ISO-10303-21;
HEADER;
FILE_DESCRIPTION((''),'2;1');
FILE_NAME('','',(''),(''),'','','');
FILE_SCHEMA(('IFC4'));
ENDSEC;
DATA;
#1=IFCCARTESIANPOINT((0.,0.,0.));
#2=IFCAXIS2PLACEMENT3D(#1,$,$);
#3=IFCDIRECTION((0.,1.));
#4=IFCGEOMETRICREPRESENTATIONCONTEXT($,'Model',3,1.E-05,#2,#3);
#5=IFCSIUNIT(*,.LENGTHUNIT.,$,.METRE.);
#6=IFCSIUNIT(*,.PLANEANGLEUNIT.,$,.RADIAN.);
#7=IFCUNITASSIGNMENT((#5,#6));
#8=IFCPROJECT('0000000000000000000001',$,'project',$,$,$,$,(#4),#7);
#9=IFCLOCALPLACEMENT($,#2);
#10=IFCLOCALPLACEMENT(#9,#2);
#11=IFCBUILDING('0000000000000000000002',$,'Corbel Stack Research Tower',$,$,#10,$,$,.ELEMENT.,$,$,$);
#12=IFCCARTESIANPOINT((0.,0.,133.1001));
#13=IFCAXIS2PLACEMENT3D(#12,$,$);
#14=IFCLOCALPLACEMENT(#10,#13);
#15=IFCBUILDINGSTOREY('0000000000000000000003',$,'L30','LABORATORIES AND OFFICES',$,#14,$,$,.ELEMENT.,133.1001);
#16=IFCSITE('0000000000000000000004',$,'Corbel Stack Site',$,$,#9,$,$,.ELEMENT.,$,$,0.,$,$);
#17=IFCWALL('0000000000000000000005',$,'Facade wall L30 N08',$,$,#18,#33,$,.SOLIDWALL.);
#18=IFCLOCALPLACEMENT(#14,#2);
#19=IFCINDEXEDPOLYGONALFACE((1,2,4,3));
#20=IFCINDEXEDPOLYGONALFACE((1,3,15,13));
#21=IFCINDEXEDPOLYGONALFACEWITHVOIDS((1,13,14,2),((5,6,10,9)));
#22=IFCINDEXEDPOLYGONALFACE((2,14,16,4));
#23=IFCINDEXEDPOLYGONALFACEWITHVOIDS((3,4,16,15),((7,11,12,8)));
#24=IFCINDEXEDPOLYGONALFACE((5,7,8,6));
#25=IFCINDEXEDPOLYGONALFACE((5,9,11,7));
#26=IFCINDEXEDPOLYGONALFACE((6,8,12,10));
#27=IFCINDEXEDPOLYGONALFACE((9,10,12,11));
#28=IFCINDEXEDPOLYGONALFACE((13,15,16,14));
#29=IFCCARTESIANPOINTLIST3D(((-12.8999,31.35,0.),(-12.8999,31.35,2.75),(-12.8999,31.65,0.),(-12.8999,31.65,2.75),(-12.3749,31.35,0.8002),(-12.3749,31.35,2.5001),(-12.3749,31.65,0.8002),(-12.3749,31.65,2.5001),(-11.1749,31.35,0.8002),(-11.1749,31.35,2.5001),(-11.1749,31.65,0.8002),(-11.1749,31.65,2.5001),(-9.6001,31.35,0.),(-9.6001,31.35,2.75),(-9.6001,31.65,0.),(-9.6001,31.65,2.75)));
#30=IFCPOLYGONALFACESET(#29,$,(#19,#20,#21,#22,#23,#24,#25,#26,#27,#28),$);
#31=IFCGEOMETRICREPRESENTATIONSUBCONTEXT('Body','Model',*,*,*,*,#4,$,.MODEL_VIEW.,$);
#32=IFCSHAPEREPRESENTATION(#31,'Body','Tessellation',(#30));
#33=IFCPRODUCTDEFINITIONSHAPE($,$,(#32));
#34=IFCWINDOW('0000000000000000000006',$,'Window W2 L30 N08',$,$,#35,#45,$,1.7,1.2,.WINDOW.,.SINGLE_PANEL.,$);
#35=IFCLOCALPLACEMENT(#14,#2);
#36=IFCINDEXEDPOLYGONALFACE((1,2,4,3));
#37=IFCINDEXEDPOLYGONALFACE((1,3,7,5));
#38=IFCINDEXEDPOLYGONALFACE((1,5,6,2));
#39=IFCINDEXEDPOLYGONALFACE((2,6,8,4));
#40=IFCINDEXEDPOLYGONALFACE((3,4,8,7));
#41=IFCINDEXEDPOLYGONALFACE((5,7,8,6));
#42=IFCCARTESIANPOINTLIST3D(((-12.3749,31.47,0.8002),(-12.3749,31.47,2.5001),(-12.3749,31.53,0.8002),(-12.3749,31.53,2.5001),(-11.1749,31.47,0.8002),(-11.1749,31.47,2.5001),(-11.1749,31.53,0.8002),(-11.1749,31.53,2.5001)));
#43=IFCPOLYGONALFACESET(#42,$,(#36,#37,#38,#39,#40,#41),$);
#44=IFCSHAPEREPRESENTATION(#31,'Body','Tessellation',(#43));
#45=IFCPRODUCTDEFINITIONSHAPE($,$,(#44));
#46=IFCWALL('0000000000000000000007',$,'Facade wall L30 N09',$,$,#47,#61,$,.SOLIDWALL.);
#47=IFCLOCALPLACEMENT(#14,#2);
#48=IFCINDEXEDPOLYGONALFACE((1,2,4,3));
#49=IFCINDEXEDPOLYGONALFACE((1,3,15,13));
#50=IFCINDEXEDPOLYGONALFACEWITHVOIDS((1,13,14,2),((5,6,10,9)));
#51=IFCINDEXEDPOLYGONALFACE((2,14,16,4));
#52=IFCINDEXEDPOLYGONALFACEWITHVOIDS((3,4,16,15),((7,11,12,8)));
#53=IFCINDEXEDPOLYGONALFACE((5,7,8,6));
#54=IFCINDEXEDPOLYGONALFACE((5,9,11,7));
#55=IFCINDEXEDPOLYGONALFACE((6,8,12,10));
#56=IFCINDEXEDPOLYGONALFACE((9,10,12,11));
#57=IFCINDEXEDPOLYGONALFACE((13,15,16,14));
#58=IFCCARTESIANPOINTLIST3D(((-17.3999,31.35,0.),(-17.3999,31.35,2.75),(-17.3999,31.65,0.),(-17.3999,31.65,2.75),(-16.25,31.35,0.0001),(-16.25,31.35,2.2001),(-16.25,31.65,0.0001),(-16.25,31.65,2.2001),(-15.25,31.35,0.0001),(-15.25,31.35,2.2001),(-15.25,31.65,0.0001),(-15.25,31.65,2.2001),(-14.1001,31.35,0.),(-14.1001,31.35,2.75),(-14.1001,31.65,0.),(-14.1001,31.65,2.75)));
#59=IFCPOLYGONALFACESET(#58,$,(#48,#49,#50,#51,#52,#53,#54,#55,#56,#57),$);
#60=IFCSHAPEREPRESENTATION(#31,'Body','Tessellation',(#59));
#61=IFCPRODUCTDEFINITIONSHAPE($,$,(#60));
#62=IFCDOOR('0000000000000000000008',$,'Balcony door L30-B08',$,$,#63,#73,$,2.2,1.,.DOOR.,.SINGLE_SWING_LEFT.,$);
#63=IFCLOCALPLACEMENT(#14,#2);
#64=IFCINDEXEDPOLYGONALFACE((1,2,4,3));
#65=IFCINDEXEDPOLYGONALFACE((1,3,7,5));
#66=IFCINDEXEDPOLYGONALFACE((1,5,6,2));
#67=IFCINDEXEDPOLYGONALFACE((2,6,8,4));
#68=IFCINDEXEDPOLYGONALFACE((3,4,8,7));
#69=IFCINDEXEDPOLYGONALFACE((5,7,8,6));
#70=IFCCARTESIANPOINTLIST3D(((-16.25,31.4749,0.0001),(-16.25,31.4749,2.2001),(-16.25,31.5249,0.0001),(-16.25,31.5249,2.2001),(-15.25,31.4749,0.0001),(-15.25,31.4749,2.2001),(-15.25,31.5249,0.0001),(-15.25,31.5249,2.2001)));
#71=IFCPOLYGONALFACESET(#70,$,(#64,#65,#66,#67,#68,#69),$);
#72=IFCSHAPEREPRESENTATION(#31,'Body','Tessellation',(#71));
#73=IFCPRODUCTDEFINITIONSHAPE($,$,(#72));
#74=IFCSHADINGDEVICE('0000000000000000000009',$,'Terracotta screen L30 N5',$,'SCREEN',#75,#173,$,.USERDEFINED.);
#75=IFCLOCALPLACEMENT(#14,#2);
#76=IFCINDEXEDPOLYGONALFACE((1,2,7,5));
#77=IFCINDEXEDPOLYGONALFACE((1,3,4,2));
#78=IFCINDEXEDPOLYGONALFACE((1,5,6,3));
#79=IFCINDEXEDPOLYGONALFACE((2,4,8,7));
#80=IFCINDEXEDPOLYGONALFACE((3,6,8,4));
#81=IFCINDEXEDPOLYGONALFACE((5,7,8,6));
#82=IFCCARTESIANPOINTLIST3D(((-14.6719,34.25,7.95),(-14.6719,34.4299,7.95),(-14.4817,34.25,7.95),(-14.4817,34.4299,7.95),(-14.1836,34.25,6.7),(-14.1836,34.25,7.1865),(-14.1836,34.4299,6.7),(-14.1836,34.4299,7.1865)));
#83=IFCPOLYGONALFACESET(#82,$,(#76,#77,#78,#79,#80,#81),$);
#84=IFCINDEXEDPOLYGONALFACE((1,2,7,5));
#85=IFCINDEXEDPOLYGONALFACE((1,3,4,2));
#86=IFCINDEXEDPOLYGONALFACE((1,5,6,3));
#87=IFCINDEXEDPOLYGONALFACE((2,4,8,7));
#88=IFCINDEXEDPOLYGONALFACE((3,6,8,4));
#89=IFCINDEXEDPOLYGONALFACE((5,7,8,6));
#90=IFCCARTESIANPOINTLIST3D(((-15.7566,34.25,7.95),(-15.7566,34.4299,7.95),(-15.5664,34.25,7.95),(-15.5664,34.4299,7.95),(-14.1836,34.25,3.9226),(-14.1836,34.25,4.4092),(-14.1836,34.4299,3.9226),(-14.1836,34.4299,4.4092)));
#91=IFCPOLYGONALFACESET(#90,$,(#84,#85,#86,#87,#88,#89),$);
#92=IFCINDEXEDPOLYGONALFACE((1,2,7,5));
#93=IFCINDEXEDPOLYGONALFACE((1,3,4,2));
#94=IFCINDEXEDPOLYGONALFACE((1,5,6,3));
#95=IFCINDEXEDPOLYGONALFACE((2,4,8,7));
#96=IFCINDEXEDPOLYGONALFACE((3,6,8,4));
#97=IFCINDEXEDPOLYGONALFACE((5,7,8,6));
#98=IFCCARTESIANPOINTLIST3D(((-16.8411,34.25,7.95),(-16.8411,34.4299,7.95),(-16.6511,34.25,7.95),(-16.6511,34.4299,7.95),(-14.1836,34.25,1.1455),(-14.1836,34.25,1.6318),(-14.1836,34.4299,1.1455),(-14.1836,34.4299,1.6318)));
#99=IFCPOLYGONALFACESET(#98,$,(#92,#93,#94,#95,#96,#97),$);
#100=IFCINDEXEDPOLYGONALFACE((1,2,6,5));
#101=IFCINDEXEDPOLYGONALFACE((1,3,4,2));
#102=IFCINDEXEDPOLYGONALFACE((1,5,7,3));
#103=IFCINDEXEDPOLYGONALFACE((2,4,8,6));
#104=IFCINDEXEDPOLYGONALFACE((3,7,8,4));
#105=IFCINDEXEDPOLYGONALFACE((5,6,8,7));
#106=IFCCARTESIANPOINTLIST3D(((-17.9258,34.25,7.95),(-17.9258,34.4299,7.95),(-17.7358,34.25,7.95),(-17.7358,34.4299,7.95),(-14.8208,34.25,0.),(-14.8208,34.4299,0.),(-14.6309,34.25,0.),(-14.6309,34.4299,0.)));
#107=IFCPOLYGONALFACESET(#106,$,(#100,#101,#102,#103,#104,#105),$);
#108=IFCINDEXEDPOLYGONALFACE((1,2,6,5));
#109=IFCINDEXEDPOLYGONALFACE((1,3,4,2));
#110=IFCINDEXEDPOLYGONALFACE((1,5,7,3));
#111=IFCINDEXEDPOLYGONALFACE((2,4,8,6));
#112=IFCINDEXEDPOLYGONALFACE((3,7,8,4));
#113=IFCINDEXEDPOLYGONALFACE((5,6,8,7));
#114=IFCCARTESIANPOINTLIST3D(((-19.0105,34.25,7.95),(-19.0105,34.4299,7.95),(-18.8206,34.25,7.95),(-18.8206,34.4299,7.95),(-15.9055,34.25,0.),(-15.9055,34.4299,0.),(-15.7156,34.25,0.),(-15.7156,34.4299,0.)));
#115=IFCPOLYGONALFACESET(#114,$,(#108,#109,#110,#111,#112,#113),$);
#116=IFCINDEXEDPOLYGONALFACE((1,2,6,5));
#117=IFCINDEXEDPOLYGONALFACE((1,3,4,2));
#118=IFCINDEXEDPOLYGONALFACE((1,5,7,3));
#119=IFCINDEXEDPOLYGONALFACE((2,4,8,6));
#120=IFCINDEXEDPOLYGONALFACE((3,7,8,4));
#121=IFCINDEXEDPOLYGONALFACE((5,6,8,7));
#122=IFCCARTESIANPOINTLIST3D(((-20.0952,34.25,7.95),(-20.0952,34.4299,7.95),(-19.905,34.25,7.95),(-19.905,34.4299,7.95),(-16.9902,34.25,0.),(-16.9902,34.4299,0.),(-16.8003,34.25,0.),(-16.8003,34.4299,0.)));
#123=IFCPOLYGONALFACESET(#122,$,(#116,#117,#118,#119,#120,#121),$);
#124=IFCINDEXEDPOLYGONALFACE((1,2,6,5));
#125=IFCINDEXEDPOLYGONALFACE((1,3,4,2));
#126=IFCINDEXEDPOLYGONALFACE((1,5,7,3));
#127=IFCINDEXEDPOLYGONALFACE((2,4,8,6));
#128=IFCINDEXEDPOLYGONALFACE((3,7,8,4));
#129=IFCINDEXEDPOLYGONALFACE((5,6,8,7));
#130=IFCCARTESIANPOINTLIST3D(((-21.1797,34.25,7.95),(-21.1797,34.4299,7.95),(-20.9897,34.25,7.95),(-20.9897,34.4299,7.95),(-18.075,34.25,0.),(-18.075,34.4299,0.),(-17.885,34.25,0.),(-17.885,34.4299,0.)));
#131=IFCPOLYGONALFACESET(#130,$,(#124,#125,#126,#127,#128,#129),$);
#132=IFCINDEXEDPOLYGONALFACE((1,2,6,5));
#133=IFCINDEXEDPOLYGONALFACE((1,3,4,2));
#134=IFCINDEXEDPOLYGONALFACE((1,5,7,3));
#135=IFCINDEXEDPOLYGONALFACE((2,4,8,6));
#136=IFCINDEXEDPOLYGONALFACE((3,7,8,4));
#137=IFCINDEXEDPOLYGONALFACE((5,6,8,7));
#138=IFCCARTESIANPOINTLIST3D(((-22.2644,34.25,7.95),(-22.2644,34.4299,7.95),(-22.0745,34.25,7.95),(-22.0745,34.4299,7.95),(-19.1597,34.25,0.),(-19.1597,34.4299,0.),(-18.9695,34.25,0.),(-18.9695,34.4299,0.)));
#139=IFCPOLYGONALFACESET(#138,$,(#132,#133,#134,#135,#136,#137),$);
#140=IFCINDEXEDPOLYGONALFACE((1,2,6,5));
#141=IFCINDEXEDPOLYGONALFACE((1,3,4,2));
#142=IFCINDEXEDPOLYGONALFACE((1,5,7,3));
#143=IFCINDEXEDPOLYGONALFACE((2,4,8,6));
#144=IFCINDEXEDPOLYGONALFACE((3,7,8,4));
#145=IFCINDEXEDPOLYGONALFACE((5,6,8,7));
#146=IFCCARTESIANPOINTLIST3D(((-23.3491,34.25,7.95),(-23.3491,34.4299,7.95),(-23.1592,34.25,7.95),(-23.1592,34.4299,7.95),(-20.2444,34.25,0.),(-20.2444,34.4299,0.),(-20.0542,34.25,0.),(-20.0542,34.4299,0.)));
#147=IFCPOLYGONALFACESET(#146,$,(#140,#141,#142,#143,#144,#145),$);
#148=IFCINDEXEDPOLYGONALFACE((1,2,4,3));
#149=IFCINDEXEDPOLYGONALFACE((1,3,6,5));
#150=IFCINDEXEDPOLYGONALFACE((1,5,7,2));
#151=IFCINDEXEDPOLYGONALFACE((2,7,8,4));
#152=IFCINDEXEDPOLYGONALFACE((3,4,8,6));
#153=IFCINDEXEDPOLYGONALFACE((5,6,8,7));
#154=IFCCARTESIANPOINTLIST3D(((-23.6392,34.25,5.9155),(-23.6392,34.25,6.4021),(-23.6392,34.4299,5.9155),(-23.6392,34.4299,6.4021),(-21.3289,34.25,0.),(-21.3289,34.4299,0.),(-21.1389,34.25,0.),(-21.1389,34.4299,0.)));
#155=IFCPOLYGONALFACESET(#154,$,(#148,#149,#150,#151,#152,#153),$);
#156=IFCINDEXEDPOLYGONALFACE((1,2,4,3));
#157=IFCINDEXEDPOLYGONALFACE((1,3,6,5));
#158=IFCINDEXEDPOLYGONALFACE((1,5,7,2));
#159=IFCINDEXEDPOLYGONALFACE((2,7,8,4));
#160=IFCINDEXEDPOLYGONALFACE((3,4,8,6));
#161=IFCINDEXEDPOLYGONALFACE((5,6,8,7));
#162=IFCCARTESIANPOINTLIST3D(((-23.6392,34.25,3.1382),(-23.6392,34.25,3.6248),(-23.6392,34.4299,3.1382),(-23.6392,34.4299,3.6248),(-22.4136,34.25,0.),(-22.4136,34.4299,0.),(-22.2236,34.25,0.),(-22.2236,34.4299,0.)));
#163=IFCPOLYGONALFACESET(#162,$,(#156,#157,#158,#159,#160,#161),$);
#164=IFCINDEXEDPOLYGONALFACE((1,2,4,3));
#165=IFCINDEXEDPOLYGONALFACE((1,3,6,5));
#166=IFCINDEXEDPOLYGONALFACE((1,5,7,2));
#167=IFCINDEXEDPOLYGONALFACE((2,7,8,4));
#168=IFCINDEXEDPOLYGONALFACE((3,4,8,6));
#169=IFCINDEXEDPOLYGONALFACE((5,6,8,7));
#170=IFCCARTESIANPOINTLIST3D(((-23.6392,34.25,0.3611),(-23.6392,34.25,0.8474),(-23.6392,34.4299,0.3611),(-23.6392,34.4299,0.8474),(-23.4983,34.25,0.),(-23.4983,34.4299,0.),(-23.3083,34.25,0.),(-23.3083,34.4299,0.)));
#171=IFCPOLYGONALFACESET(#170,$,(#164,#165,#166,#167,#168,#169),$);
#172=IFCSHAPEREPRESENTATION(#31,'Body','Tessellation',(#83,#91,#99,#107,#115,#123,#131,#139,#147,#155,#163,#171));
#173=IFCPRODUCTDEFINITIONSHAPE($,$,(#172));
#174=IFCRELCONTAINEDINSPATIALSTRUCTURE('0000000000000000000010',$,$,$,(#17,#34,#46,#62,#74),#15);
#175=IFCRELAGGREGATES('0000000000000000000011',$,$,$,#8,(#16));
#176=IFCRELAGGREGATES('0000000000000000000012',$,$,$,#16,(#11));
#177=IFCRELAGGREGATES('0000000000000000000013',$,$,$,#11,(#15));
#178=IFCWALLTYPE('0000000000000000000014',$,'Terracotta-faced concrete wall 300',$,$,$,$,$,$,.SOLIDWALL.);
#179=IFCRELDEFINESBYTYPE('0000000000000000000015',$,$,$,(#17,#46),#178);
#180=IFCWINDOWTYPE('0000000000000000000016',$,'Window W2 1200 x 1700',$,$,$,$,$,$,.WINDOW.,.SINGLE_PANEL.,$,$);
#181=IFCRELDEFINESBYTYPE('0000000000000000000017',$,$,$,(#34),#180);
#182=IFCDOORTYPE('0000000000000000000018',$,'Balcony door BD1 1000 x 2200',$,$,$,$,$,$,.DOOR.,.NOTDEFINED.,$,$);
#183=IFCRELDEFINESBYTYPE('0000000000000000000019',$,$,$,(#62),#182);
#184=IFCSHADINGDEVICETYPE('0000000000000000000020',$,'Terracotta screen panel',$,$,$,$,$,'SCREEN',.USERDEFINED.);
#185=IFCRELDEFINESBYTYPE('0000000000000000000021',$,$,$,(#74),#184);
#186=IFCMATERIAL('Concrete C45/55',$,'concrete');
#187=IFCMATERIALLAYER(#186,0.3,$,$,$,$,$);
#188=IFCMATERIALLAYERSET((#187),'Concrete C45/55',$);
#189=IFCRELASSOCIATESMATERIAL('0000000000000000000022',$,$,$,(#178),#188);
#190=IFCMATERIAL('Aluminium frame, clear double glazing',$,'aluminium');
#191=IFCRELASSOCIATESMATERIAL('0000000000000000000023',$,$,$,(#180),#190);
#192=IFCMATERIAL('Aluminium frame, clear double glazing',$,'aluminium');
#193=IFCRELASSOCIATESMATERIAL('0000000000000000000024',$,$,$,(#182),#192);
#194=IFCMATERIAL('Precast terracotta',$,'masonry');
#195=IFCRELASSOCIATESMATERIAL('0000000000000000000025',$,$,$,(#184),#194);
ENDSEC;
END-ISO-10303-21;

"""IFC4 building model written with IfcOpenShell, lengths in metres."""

from ifc_helpers import new_model, si_unit, direction, frame, frame_2d, origin, place, context, subcontext, project, spatial, polyline, rectangle, outline, extrude, source, transform, mapped, material, layer, layer_set, type_object, element, fill, save


model = new_model("IFC4")

# Units and contexts
model_context = context("Model", 3, precision=1e-05, world=origin(), true_north=direction((0.0, 1.0)))
body_context = subcontext(model_context, "Body", "Model", "MODEL_VIEW")
ifc_project = project(units=[si_unit("LENGTHUNIT", "METRE"), si_unit("PLANEANGLEUNIT", "RADIAN")], contexts=[model_context])

# Site, building, storey
site_placement = place(None, origin())
site = spatial("IfcSite", under=ifc_project, at=site_placement, Name="Corbel Stack Site", CompositionType="ELEMENT", RefElevation=0.0)
building_placement = place(site_placement, origin())
building = spatial("IfcBuilding", under=site, at=building_placement, Name="Corbel Stack Research Tower", CompositionType="ELEMENT")
storey_placement = place(building_placement, frame((0.0, 0.0, 133.1001)))
storey = spatial("IfcBuildingStorey", under=building, at=storey_placement, Name="L30", Description="LABORATORIES AND OFFICES", CompositionType="ELEMENT", Elevation=133.1001)

# Wall, opening, window
ifc_material_1 = material(Name="Concrete C45/55", Category="concrete")
ifc_layer_1 = layer(ifc_material_1, 0.3)
ifc_layer_set_1 = layer_set([ifc_layer_1], Name="Concrete C45/55")
wall_type_1 = type_object("IfcWallType", Name="Terracotta-faced concrete wall 300", PredefinedType="SOLIDWALL", material=ifc_layer_set_1)
wall_1_placement = place(storey_placement, frame((-12.8999, 31.5, 0.0), z_axis=(0.0, 0.0, 1.0), x_axis=(1.0, 0.0, 0.0)))
wall_1 = element("IfcWall", 1, at=wall_1_placement, inside=storey, type_object=wall_type_1, Name="Facade wall L30 N08", PredefinedType="SOLIDWALL", context=body_context, shape_type="SweptSolid", body=[
    extrude(rectangle(XDim=3.2998, YDim=0.3, at=frame_2d((1.6499, 0.0))), origin(), (0.0, 0.0, 1.0), 2.75),
])
opening_1_placement = place(wall_1_placement, frame((0.5249, 0.0, 0.8)))
opening_1 = element("IfcOpeningElement", 2, at=opening_1_placement, cuts=wall_1, PredefinedType="OPENING", context=body_context, shape_type="SweptSolid", body=[
    extrude(rectangle(XDim=1.2, YDim=1.7, at=frame_2d((0.6001, 0.8501))), frame((0.0, 0.1599, 0.0), z_axis=(0.0, -1.0, 0.0), x_axis=(1.0, 0.0, 0.0)), (0.0, 0.0, 1.0), 0.3201),
])
ifc_material_2 = material(Name="Aluminium frame, clear double glazing", Category="aluminium")
window_type_1 = type_object("IfcWindowType", Name="Window W2 1200 x 1700", PartitioningType="SINGLE_PANEL", PredefinedType="WINDOW", material=ifc_material_2)
window_1_placement = place(opening_1_placement, origin())
window_1 = element("IfcWindow", 3, at=window_1_placement, inside=storey, type_object=window_type_1, Name="Window W2 L30 N08", OverallHeight=1.7, OverallWidth=1.2, PartitioningType="SINGLE_PANEL", PredefinedType="WINDOW", context=body_context, shape_type="SweptSolid", body=[
    extrude(rectangle(XDim=1.2, YDim=1.7, at=frame_2d((0.6001, 0.8501))), frame((0.0, 0.03, 0.0), z_axis=(0.0, -1.0, 0.0), x_axis=(1.0, 0.0, 0.0)), (0.0, 0.0, 1.0), 0.0601),
])
fill(opening_1, window_1)

# Wall, opening, door
wall_2_placement = place(storey_placement, frame((-17.3999, 31.5, 0.0), z_axis=(0.0, 0.0, 1.0), x_axis=(1.0, 0.0, 0.0)))
wall_2 = element("IfcWall", 4, at=wall_2_placement, inside=storey, type_object=wall_type_1, Name="Facade wall L30 N09", PredefinedType="SOLIDWALL", context=body_context, shape_type="SweptSolid", body=[
    extrude(rectangle(XDim=3.2998, YDim=0.3, at=frame_2d((1.6499, 0.0))), origin(), (0.0, 0.0, 1.0), 2.75),
])
opening_2_placement = place(wall_2_placement, frame((1.1499, 0.0, 0.0)))
opening_2 = element("IfcOpeningElement", 5, at=opening_2_placement, cuts=wall_2, PredefinedType="OPENING", context=body_context, shape_type="SweptSolid", body=[
    extrude(rectangle(XDim=1.0, YDim=2.2, at=frame_2d((0.5, 1.1001))), frame((0.0, 0.1599, 0.0), z_axis=(0.0, -1.0, 0.0), x_axis=(1.0, 0.0, 0.0)), (0.0, 0.0, 1.0), 0.3201),
])
ifc_material_3 = material(Name="Aluminium frame, clear double glazing", Category="aluminium")
door_type_1 = type_object("IfcDoorType", Name="Balcony door BD1 1000 x 2200", OperationType="NOTDEFINED", PredefinedType="DOOR", material=ifc_material_3)
door_1_placement = place(opening_2_placement, origin())
door_1 = element("IfcDoor", 6, at=door_1_placement, inside=storey, type_object=door_type_1, Name="Balcony door L30-B08", OperationType="SINGLE_SWING_LEFT", OverallHeight=2.2, OverallWidth=1.0, PredefinedType="DOOR", context=body_context, shape_type="SweptSolid", body=[
    extrude(rectangle(XDim=1.0, YDim=2.2, at=frame_2d((0.5, 1.1001))), frame((0.0, 0.0249, 0.0), z_axis=(0.0, -1.0, 0.0), x_axis=(1.0, 0.0, 0.0)), (0.0, 0.0, 1.0), 0.05),
])
fill(opening_2, door_1)

# Shading device
ifc_material_4 = material(Name="Precast terracotta", Category="masonry")
shading_device_type = type_object("IfcShadingDeviceType", Name="Terracotta screen panel", ElementType="SCREEN", PredefinedType="USERDEFINED", material=ifc_material_4)
shared_shape_1 = source(origin(), body_context, "Body", "SweptSolid", [
    extrude(outline(polyline([(0.4883, 7.95), (0.2981, 7.95), (0.0, 7.1865), (0.0, 6.7), (0.4883, 7.95)])), frame((0.0, 0.0, 0.0), z_axis=(0.0, -1.0, 0.0), x_axis=(1.0, 0.0, 0.0)), (0.0, 0.0, 1.0), 0.1799),
    extrude(outline(polyline([(1.573, 7.95), (1.3828, 7.95), (0.0, 4.4092), (0.0, 3.9226), (1.573, 7.95)])), frame((0.0, 0.0, 0.0), z_axis=(0.0, -1.0, 0.0), x_axis=(1.0, 0.0, 0.0)), (0.0, 0.0, 1.0), 0.1799),
    extrude(outline(polyline([(2.6575, 7.95), (2.4675, 7.95), (0.0, 1.6318), (0.0, 1.1455), (2.6575, 7.95)])), frame((0.0, 0.0, 0.0), z_axis=(0.0, -1.0, 0.0), x_axis=(1.0, 0.0, 0.0)), (0.0, 0.0, 1.0), 0.1799),
    extrude(outline(polyline([(0.6372, 0.0), (3.7422, 7.95), (3.5522, 7.95), (0.4473, 0.0), (0.6372, 0.0)])), frame((0.0, 0.0, 0.0), z_axis=(0.0, -1.0, 0.0), x_axis=(1.0, 0.0, 0.0)), (0.0, 0.0, 1.0), 0.1799),
    extrude(outline(polyline([(1.7219, 0.0), (4.8269, 7.95), (4.637, 7.95), (1.532, 0.0), (1.7219, 0.0)])), frame((0.0, 0.0, 0.0), z_axis=(0.0, -1.0, 0.0), x_axis=(1.0, 0.0, 0.0)), (0.0, 0.0, 1.0), 0.1799),
    extrude(outline(polyline([(2.8066, 0.0), (5.9116, 7.95), (5.7214, 7.95), (2.6167, 0.0), (2.8066, 0.0)])), frame((0.0, 0.0, 0.0), z_axis=(0.0, -1.0, 0.0), x_axis=(1.0, 0.0, 0.0)), (0.0, 0.0, 1.0), 0.1799),
    extrude(outline(polyline([(3.8914, 0.0), (6.9961, 7.95), (6.8062, 7.95), (3.7014, 0.0), (3.8914, 0.0)])), frame((0.0, 0.0, 0.0), z_axis=(0.0, -1.0, 0.0), x_axis=(1.0, 0.0, 0.0)), (0.0, 0.0, 1.0), 0.1799),
    extrude(outline(polyline([(4.9761, 0.0), (8.0808, 7.95), (7.8909, 7.95), (4.7859, 0.0), (4.9761, 0.0)])), frame((0.0, 0.0, 0.0), z_axis=(0.0, -1.0, 0.0), x_axis=(1.0, 0.0, 0.0)), (0.0, 0.0, 1.0), 0.1799),
    extrude(outline(polyline([(6.0608, 0.0), (9.1655, 7.95), (8.9756, 7.95), (5.8706, 0.0), (6.0608, 0.0)])), frame((0.0, 0.0, 0.0), z_axis=(0.0, -1.0, 0.0), x_axis=(1.0, 0.0, 0.0)), (0.0, 0.0, 1.0), 0.1799),
    extrude(outline(polyline([(7.1453, 0.0), (9.4556, 5.9155), (9.4556, 6.4021), (6.9553, 0.0), (7.1453, 0.0)])), frame((0.0, 0.0, 0.0), z_axis=(0.0, -1.0, 0.0), x_axis=(1.0, 0.0, 0.0)), (0.0, 0.0, 1.0), 0.1799),
    extrude(outline(polyline([(8.23, 0.0), (9.4556, 3.1382), (9.4556, 3.6248), (8.04, 0.0), (8.23, 0.0)])), frame((0.0, 0.0, 0.0), z_axis=(0.0, -1.0, 0.0), x_axis=(1.0, 0.0, 0.0)), (0.0, 0.0, 1.0), 0.1799),
    extrude(outline(polyline([(9.3147, 0.0), (9.4556, 0.3611), (9.4556, 0.8474), (9.1248, 0.0), (9.3147, 0.0)])), frame((0.0, 0.0, 0.0), z_axis=(0.0, -1.0, 0.0), x_axis=(1.0, 0.0, 0.0)), (0.0, 0.0, 1.0), 0.1799),
])
shading_device_1_placement = place(storey_placement, frame((-14.1836, 34.25, 0.0), z_axis=(0.0, 0.0, 1.0), x_axis=(-1.0, 0.0, 0.0)))
element("IfcShadingDevice", 7, at=shading_device_1_placement, inside=storey, type_object=shading_device_type, Name="Terracotta screen L30 N5", ObjectType="SCREEN", PredefinedType="USERDEFINED", context=body_context, shape_type="MappedRepresentation", body=[
    mapped(shared_shape_1, transform((0.0, 0.0, 0.0))),
])

save(model, "model.ifc")
